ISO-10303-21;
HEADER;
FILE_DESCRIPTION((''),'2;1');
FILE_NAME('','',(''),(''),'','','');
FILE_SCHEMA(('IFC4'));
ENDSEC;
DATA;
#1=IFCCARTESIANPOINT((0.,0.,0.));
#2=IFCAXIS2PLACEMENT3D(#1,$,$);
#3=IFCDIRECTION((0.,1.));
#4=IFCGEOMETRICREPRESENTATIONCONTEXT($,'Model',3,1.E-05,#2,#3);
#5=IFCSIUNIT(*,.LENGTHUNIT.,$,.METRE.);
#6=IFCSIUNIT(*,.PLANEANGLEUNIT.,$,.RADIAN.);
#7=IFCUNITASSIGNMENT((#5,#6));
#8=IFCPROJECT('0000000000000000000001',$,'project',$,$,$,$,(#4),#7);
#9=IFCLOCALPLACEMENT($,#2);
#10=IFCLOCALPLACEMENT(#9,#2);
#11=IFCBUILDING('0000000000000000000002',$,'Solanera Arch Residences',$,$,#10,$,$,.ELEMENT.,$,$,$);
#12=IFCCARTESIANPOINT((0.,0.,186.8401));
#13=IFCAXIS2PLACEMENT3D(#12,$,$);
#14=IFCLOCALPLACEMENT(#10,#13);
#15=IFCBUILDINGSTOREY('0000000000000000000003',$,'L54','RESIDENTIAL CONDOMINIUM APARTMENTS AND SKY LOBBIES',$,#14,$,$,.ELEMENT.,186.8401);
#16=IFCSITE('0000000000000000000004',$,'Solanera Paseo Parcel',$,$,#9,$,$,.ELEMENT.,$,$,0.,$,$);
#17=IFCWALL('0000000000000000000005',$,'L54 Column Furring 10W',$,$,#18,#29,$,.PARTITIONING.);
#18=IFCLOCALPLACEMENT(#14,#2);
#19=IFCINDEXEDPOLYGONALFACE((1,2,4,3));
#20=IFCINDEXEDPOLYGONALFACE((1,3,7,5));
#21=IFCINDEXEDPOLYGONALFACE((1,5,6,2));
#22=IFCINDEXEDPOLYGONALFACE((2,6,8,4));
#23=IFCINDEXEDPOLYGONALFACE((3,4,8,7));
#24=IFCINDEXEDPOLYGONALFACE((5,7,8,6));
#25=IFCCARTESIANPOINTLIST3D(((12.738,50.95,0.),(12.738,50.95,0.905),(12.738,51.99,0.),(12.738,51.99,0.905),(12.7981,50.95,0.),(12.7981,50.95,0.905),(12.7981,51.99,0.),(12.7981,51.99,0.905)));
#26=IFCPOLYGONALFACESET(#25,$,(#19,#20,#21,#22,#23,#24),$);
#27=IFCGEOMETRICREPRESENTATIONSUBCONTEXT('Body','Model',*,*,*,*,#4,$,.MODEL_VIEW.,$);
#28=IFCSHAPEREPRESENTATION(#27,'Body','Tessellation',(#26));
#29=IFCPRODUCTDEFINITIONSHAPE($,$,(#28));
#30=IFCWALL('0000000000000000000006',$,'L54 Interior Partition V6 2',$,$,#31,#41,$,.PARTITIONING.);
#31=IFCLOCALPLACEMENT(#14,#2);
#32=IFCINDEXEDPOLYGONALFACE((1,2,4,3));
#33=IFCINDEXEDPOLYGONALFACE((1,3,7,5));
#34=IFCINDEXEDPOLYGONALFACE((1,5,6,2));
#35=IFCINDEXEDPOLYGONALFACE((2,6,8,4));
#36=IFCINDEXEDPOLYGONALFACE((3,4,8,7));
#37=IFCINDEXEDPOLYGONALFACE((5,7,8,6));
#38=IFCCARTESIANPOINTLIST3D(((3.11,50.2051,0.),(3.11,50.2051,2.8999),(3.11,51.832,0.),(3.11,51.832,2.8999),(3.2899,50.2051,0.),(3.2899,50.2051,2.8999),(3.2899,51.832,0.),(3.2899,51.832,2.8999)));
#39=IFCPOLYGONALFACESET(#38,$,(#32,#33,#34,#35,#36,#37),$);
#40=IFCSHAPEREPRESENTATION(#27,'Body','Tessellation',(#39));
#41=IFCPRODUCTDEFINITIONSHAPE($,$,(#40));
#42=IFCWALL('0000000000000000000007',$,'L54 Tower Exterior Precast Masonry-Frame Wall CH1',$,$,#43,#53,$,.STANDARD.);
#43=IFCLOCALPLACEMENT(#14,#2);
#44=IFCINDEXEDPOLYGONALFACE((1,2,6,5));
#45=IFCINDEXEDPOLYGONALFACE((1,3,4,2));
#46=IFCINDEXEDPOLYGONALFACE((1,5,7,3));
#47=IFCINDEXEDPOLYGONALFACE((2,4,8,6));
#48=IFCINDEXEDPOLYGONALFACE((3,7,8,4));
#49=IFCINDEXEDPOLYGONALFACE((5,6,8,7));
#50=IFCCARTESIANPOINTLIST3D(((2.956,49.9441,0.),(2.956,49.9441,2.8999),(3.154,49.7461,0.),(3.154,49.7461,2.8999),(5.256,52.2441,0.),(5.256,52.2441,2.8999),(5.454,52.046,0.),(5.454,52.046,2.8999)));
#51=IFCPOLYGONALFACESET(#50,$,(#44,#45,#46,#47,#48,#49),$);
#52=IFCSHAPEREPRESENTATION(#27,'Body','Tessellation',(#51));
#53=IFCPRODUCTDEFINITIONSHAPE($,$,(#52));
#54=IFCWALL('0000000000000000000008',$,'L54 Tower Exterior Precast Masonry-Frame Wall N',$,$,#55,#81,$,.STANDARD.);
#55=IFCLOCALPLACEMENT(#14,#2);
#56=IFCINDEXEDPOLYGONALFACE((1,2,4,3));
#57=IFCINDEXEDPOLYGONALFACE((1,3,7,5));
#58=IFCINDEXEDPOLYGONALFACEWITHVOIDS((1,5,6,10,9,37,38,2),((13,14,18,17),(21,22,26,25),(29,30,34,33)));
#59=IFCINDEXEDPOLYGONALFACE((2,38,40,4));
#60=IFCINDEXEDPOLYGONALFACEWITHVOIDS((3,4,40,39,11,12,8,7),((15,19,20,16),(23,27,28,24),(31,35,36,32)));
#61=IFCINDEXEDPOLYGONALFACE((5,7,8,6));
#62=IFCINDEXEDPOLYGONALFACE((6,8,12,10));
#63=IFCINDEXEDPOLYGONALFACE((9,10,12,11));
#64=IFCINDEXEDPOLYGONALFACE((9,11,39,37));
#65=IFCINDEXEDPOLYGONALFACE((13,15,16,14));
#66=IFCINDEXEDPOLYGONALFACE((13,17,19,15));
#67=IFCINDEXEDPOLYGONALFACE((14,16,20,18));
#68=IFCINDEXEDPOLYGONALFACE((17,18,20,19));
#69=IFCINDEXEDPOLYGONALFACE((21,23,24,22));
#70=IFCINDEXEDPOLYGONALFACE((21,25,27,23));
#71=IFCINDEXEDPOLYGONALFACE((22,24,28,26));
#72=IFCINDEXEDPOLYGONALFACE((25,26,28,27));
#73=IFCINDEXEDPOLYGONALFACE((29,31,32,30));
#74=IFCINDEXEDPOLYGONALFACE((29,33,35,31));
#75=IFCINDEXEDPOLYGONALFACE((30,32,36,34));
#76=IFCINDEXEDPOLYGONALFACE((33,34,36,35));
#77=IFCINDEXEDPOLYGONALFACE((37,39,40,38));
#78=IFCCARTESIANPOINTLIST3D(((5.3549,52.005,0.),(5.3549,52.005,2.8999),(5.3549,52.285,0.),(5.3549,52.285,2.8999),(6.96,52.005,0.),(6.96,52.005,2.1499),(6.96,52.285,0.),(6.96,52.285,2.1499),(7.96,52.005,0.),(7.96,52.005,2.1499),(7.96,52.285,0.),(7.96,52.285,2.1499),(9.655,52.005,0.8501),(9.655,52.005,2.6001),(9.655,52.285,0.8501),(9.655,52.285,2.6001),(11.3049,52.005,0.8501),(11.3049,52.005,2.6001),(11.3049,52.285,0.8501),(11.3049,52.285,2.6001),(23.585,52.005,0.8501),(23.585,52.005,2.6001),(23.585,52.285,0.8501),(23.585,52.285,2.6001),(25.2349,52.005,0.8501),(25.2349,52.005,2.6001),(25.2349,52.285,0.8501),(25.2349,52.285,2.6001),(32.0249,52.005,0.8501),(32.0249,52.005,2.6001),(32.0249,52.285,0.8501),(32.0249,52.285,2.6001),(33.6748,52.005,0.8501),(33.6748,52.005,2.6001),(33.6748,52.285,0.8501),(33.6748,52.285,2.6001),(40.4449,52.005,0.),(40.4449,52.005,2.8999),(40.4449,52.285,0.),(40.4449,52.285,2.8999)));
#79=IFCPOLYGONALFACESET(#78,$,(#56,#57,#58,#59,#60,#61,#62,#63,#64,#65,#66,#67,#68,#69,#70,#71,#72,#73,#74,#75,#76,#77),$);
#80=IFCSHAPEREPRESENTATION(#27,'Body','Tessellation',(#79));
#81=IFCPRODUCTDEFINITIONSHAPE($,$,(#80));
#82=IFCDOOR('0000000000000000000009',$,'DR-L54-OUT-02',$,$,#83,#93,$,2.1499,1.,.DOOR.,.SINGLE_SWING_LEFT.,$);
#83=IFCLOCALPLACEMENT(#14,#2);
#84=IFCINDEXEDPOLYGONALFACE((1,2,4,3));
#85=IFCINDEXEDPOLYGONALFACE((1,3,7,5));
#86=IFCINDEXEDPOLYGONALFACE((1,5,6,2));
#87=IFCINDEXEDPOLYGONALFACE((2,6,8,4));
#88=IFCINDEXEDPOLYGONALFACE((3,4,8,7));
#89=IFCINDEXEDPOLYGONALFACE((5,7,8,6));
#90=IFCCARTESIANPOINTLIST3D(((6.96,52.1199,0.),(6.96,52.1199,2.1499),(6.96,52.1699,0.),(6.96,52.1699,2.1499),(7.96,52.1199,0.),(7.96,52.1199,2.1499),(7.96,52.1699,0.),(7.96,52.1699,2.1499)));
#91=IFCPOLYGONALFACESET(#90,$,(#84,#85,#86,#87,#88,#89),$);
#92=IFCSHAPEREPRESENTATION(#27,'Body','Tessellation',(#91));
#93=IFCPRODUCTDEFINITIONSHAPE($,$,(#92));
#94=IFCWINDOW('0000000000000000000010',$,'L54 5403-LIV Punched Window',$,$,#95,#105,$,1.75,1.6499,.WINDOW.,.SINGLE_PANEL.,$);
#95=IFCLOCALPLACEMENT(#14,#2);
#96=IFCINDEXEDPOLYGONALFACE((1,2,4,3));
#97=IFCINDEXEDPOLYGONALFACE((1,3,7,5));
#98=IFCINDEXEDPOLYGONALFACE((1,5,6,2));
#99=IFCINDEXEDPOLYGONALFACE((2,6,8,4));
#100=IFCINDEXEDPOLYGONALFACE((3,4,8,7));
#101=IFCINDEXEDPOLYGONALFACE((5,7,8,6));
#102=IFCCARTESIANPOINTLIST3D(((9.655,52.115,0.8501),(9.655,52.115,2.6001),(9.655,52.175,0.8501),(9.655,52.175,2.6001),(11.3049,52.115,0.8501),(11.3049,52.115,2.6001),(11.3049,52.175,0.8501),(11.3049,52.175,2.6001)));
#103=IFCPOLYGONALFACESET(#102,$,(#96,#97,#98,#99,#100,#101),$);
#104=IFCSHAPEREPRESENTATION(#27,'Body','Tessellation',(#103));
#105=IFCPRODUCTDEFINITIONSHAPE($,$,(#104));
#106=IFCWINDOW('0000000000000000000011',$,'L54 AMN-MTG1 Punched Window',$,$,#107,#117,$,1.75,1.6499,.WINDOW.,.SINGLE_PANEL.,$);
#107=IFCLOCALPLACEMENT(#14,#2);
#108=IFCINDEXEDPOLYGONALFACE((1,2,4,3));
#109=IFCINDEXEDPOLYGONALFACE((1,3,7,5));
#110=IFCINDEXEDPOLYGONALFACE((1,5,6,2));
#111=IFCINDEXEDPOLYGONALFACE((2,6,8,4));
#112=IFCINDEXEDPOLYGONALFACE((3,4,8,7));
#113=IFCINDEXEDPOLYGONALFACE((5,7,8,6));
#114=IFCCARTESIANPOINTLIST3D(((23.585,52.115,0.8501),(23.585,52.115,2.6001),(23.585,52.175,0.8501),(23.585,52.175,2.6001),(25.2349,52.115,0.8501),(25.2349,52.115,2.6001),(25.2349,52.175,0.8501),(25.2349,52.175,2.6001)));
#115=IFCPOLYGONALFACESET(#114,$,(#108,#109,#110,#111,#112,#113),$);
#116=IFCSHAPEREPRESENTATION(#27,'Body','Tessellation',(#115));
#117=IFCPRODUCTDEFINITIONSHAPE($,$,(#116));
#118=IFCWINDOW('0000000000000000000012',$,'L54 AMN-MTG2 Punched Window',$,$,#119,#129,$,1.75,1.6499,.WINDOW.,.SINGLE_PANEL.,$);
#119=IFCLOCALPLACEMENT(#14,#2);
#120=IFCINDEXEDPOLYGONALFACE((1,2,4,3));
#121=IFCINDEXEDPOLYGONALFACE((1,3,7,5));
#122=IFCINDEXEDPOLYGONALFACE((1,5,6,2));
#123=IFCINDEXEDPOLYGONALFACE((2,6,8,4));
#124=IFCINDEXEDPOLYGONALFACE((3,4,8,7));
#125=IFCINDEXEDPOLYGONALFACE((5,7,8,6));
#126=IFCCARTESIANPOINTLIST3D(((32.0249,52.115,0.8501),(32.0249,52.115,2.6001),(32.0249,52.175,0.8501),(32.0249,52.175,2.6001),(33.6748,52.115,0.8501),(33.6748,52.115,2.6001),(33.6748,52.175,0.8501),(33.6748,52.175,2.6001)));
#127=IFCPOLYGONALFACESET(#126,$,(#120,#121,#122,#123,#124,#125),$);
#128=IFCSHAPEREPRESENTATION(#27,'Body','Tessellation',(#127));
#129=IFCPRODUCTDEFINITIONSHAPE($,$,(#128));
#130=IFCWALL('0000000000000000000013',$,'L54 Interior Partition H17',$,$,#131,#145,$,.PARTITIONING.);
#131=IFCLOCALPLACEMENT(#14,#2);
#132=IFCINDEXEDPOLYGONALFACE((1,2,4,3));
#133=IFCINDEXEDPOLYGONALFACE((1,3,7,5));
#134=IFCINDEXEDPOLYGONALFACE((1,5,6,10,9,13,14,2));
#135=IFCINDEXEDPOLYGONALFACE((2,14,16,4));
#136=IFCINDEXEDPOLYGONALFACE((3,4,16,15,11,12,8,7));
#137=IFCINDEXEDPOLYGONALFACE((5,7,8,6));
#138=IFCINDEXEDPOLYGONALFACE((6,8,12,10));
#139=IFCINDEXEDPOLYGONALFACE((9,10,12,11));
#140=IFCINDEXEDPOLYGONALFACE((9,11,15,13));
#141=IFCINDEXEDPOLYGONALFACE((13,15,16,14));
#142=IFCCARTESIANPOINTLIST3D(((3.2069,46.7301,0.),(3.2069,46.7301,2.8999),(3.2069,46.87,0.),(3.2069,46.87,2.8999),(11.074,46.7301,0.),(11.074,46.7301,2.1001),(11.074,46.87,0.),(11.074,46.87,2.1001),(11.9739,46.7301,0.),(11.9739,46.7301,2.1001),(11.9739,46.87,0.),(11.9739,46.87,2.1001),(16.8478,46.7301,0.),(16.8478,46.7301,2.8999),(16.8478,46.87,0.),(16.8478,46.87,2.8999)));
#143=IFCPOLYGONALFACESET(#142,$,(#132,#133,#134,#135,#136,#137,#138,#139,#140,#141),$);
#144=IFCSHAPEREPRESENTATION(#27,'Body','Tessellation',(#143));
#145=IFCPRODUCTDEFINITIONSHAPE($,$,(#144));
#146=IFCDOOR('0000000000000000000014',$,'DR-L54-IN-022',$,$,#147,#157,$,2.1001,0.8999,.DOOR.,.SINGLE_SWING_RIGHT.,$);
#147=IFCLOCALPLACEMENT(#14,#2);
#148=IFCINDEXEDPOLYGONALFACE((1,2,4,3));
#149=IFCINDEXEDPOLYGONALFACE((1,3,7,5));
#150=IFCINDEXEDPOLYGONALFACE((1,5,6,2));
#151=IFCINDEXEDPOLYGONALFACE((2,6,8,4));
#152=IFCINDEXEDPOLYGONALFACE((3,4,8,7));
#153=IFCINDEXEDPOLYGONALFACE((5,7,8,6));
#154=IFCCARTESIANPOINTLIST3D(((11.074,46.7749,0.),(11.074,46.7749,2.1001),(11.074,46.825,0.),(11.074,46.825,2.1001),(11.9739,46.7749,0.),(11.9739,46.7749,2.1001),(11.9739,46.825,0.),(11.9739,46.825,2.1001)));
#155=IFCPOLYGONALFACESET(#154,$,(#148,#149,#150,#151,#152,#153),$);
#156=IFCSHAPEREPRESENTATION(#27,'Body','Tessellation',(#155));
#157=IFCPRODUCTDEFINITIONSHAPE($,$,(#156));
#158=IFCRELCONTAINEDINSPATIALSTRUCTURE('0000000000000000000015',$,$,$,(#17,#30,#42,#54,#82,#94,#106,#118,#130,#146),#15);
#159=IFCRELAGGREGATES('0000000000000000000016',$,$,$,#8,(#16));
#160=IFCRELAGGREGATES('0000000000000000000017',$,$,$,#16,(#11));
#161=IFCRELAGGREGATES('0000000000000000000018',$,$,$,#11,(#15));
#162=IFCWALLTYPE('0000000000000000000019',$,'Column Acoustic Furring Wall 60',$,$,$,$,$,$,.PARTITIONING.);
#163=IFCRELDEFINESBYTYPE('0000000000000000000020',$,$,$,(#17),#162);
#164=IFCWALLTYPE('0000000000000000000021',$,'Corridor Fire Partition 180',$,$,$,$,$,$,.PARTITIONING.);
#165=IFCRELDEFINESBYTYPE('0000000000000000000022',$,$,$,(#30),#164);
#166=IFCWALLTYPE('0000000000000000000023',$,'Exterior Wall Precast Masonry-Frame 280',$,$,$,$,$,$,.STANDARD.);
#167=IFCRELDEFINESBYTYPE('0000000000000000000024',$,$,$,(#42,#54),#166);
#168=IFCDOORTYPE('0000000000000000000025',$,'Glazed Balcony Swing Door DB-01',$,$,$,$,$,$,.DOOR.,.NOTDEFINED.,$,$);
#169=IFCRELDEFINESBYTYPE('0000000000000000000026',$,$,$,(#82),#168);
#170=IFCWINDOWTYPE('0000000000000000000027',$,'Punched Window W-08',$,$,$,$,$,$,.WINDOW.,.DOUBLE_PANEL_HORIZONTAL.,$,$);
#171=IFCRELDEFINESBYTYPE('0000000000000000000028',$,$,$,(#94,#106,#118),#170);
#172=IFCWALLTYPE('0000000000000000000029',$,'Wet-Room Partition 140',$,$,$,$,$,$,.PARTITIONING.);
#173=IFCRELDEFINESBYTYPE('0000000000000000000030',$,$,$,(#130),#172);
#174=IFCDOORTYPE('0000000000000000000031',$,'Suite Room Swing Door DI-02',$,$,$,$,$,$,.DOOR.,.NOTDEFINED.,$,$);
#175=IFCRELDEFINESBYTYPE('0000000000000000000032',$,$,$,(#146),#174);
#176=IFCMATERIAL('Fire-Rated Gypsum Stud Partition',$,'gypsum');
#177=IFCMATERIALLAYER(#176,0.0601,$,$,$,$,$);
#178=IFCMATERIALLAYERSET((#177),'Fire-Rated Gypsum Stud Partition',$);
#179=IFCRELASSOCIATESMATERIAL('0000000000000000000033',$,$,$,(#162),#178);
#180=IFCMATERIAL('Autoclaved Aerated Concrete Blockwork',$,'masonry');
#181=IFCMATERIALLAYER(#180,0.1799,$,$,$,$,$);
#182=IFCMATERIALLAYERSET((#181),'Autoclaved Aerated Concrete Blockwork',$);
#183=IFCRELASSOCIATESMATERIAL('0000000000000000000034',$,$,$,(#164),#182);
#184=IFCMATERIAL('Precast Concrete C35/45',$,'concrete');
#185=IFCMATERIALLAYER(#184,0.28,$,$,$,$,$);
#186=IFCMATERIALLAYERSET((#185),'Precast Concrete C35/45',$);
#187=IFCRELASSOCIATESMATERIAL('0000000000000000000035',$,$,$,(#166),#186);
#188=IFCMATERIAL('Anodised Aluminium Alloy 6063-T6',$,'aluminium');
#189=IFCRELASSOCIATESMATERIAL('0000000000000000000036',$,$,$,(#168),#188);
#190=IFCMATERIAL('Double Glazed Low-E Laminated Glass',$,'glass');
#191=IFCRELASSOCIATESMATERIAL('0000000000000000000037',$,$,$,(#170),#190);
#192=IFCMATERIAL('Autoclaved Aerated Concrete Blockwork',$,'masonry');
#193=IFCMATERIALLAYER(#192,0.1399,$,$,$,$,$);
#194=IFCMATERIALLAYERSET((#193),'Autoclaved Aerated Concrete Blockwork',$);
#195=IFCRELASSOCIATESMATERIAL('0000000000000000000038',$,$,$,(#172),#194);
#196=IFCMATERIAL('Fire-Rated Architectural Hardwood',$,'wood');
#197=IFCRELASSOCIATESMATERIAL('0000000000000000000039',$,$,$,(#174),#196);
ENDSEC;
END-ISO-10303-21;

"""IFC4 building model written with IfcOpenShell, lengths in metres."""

from ifc_helpers import new_model, si_unit, direction, frame, frame_2d, origin, place, context, subcontext, project, spatial, rectangle, extrude, material, layer, layer_set, type_object, element, fill, save


model = new_model("IFC4")

# Units and contexts
model_context = context("Model", 3, precision=1e-05, world=origin(), true_north=direction((0.0, 1.0)))
body_context = subcontext(model_context, "Body", "Model", "MODEL_VIEW")
ifc_project = project(units=[si_unit("LENGTHUNIT", "METRE"), si_unit("PLANEANGLEUNIT", "RADIAN")], contexts=[model_context])

# Site, building, storey
site_placement = place(None, origin())
site = spatial("IfcSite", under=ifc_project, at=site_placement, Name="Solanera Paseo Parcel", CompositionType="ELEMENT", RefElevation=0.0)
building_placement = place(site_placement, origin())
building = spatial("IfcBuilding", under=site, at=building_placement, Name="Solanera Arch Residences", CompositionType="ELEMENT")
storey_placement = place(building_placement, frame((0.0, 0.0, 186.8401)))
storey = spatial("IfcBuildingStorey", under=building, at=storey_placement, Name="L54", Description="RESIDENTIAL CONDOMINIUM APARTMENTS AND SKY LOBBIES", CompositionType="ELEMENT", Elevation=186.8401)

# Walls
ifc_material_1 = material(Name="Fire-Rated Gypsum Stud Partition", Category="gypsum")
ifc_layer_1 = layer(ifc_material_1, 0.0601)
ifc_layer_set_1 = layer_set([ifc_layer_1], Name="Fire-Rated Gypsum Stud Partition")
wall_type_1 = type_object("IfcWallType", Name="Column Acoustic Furring Wall 60", PredefinedType="PARTITIONING", material=ifc_layer_set_1)
wall_1_placement = place(storey_placement, frame((12.7681, 50.95, 0.0), z_axis=(0.0, 0.0, 1.0), x_axis=(0.0, 1.0, 0.0)))
element("IfcWall", 1, at=wall_1_placement, inside=storey, type_object=wall_type_1, Name="L54 Column Furring 10W", PredefinedType="PARTITIONING", context=body_context, shape_type="SweptSolid", body=[
    extrude(rectangle(XDim=1.04, YDim=0.0601, at=frame_2d((0.52, 0.0))), origin(), (0.0, 0.0, 1.0), 0.905),
])
ifc_material_2 = material(Name="Autoclaved Aerated Concrete Blockwork", Category="masonry")
ifc_layer_2 = layer(ifc_material_2, 0.1799)
ifc_layer_set_2 = layer_set([ifc_layer_2], Name="Autoclaved Aerated Concrete Blockwork")
wall_type_2 = type_object("IfcWallType", Name="Corridor Fire Partition 180", PredefinedType="PARTITIONING", material=ifc_layer_set_2)
wall_2_placement = place(storey_placement, frame((3.2, 50.2051, 0.0), z_axis=(0.0, 0.0, 1.0), x_axis=(0.0, 1.0, 0.0)))
element("IfcWall", 2, at=wall_2_placement, inside=storey, type_object=wall_type_2, Name="L54 Interior Partition V6 2", PredefinedType="PARTITIONING", context=body_context, shape_type="SweptSolid", body=[
    extrude(rectangle(XDim=1.627, YDim=0.1799, at=frame_2d((0.8135, 0.0))), origin(), (0.0, 0.0, 1.0), 2.8999),
])
ifc_material_3 = material(Name="Precast Concrete C35/45", Category="concrete")
ifc_layer_3 = layer(ifc_material_3, 0.28)
ifc_layer_set_3 = layer_set([ifc_layer_3], Name="Precast Concrete C35/45")
wall_type_3 = type_object("IfcWallType", Name="Exterior Wall Precast Masonry-Frame 280", PredefinedType="STANDARD", material=ifc_layer_set_3)
wall_3_placement = place(storey_placement, frame((3.0549, 49.845, 0.0), z_axis=(0.0, 0.0, 1.0), x_axis=(0.707107, 0.707107, 0.0)))
element("IfcWall", 3, at=wall_3_placement, inside=storey, type_object=wall_type_3, Name="L54 Tower Exterior Precast Masonry-Frame Wall CH1", PredefinedType="STANDARD", context=body_context, shape_type="SweptSolid", body=[
    extrude(rectangle(XDim=3.2527, YDim=0.28, at=frame_2d((1.6265, 0.0))), origin(), (0.0, 0.0, 1.0), 2.8999),
])

# Wall, openings, door, windows
wall_4_placement = place(storey_placement, frame((5.355, 52.145, 0.0), z_axis=(0.0, 0.0, 1.0), x_axis=(1.0, 0.0, 0.0)))
wall_4 = element("IfcWall", 4, at=wall_4_placement, inside=storey, type_object=wall_type_3, Name="L54 Tower Exterior Precast Masonry-Frame Wall N", PredefinedType="STANDARD", context=body_context, shape_type="SweptSolid", body=[
    extrude(rectangle(XDim=35.0901, YDim=0.28, at=frame_2d((17.5449, 0.0))), origin(), (0.0, 0.0, 1.0), 2.8999),
])
opening_1_placement = place(wall_4_placement, frame((1.605, 0.0, 0.0)))
opening_1 = element("IfcOpeningElement", 5, at=opening_1_placement, cuts=wall_4, PredefinedType="OPENING", context=body_context, shape_type="SweptSolid", body=[
    extrude(rectangle(XDim=1.0, YDim=2.1499, at=frame_2d((0.5, 1.075))), frame((0.0, 0.1499, 0.0), z_axis=(0.0, -1.0, 0.0), x_axis=(1.0, 0.0, 0.0)), (0.0, 0.0, 1.0), 0.3),
])
opening_2_placement = place(wall_4_placement, frame((4.3, 0.0, 0.8501)))
opening_2 = element("IfcOpeningElement", 6, at=opening_2_placement, cuts=wall_4, PredefinedType="OPENING", context=body_context, shape_type="SweptSolid", body=[
    extrude(rectangle(XDim=1.6499, YDim=1.75, at=frame_2d((0.825, 0.875))), frame((0.0, 0.1499, 0.0), z_axis=(0.0, -1.0, 0.0), x_axis=(1.0, 0.0, 0.0)), (0.0, 0.0, 1.0), 0.3),
])
opening_3_placement = place(wall_4_placement, frame((18.23, 0.0, 0.8501)))
opening_3 = element("IfcOpeningElement", 7, at=opening_3_placement, cuts=wall_4, PredefinedType="OPENING", context=body_context, shape_type="SweptSolid", body=[
    extrude(rectangle(XDim=1.6499, YDim=1.75, at=frame_2d((0.825, 0.875))), frame((0.0, 0.1499, 0.0), z_axis=(0.0, -1.0, 0.0), x_axis=(1.0, 0.0, 0.0)), (0.0, 0.0, 1.0), 0.3),
])
opening_4_placement = place(wall_4_placement, frame((26.6699, 0.0, 0.8501)))
opening_4 = element("IfcOpeningElement", 8, at=opening_4_placement, cuts=wall_4, PredefinedType="OPENING", context=body_context, shape_type="SweptSolid", body=[
    extrude(rectangle(XDim=1.6499, YDim=1.75, at=frame_2d((0.825, 0.875))), frame((0.0, 0.1499, 0.0), z_axis=(0.0, -1.0, 0.0), x_axis=(1.0, 0.0, 0.0)), (0.0, 0.0, 1.0), 0.3),
])
ifc_material_4 = material(Name="Anodised Aluminium Alloy 6063-T6", Category="aluminium")
door_type_1 = type_object("IfcDoorType", Name="Glazed Balcony Swing Door DB-01", OperationType="NOTDEFINED", PredefinedType="DOOR", material=ifc_material_4)
door_1_placement = place(opening_1_placement, origin())
door_1 = element("IfcDoor", 9, at=door_1_placement, inside=storey, type_object=door_type_1, Name="DR-L54-OUT-02", OperationType="SINGLE_SWING_LEFT", OverallHeight=2.1499, OverallWidth=1.0, PredefinedType="DOOR", context=body_context, shape_type="SweptSolid", body=[
    extrude(rectangle(XDim=1.0, YDim=2.1499, at=frame_2d((0.5, 1.075))), frame((0.0, 0.0249, 0.0), z_axis=(0.0, -1.0, 0.0), x_axis=(1.0, 0.0, 0.0)), (0.0, 0.0, 1.0), 0.05),
])
fill(opening_1, door_1)
ifc_material_5 = material(Name="Double Glazed Low-E Laminated Glass", Category="glass")
window_type = type_object("IfcWindowType", Name="Punched Window W-08", PartitioningType="DOUBLE_PANEL_HORIZONTAL", PredefinedType="WINDOW", material=ifc_material_5)
window_1_placement = place(opening_2_placement, origin())
window_1 = element("IfcWindow", 10, at=window_1_placement, inside=storey, type_object=window_type, Name="L54 5403-LIV Punched Window", OverallHeight=1.75, OverallWidth=1.6499, PartitioningType="SINGLE_PANEL", PredefinedType="WINDOW", context=body_context, shape_type="SweptSolid", body=[
    extrude(rectangle(XDim=1.6499, YDim=1.75, at=frame_2d((0.825, 0.875))), frame((0.0, 0.03, 0.0), z_axis=(0.0, -1.0, 0.0), x_axis=(1.0, 0.0, 0.0)), (0.0, 0.0, 1.0), 0.0601),
])
fill(opening_2, window_1)
window_2_placement = place(opening_3_placement, origin())
window_2 = element("IfcWindow", 11, at=window_2_placement, inside=storey, type_object=window_type, Name="L54 AMN-MTG1 Punched Window", OverallHeight=1.75, OverallWidth=1.6499, PartitioningType="SINGLE_PANEL", PredefinedType="WINDOW", context=body_context, shape_type="SweptSolid", body=[
    extrude(rectangle(XDim=1.6499, YDim=1.75, at=frame_2d((0.825, 0.875))), frame((0.0, 0.03, 0.0), z_axis=(0.0, -1.0, 0.0), x_axis=(1.0, 0.0, 0.0)), (0.0, 0.0, 1.0), 0.0601),
])
fill(opening_3, window_2)
window_3_placement = place(opening_4_placement, origin())
window_3 = element("IfcWindow", 12, at=window_3_placement, inside=storey, type_object=window_type, Name="L54 AMN-MTG2 Punched Window", OverallHeight=1.75, OverallWidth=1.6499, PartitioningType="SINGLE_PANEL", PredefinedType="WINDOW", context=body_context, shape_type="SweptSolid", body=[
    extrude(rectangle(XDim=1.6499, YDim=1.75, at=frame_2d((0.825, 0.875))), frame((0.0, 0.03, 0.0), z_axis=(0.0, -1.0, 0.0), x_axis=(1.0, 0.0, 0.0)), (0.0, 0.0, 1.0), 0.0601),
])
fill(opening_4, window_3)

# Wall, opening, door
ifc_material_6 = material(Name="Autoclaved Aerated Concrete Blockwork", Category="masonry")
ifc_layer_4 = layer(ifc_material_6, 0.1399)
ifc_layer_set_4 = layer_set([ifc_layer_4], Name="Autoclaved Aerated Concrete Blockwork")
wall_type_4 = type_object("IfcWallType", Name="Wet-Room Partition 140", PredefinedType="PARTITIONING", material=ifc_layer_set_4)
wall_5_placement = place(storey_placement, frame((3.207, 46.8, 0.0), z_axis=(0.0, 0.0, 1.0), x_axis=(1.0, 0.0, 0.0)))
wall_5 = element("IfcWall", 13, at=wall_5_placement, inside=storey, type_object=wall_type_4, Name="L54 Interior Partition H17", PredefinedType="PARTITIONING", context=body_context, shape_type="SweptSolid", body=[
    extrude(rectangle(XDim=13.6409, YDim=0.1399, at=frame_2d((6.8203, 0.0))), origin(), (0.0, 0.0, 1.0), 2.8999),
])
opening_5_placement = place(wall_5_placement, frame((7.8669, 0.0, 0.0)))
opening_5 = element("IfcOpeningElement", 14, at=opening_5_placement, cuts=wall_5, PredefinedType="OPENING", context=body_context, shape_type="SweptSolid", body=[
    extrude(rectangle(XDim=0.8999, YDim=2.1001, at=frame_2d((0.45, 1.05))), frame((0.0, 0.0798, 0.0), z_axis=(0.0, -1.0, 0.0), x_axis=(1.0, 0.0, 0.0)), (0.0, 0.0, 1.0), 0.1599),
])
ifc_material_7 = material(Name="Fire-Rated Architectural Hardwood", Category="wood")
door_type_2 = type_object("IfcDoorType", Name="Suite Room Swing Door DI-02", OperationType="NOTDEFINED", PredefinedType="DOOR", material=ifc_material_7)
door_2_placement = place(opening_5_placement, origin())
door_2 = element("IfcDoor", 15, at=door_2_placement, inside=storey, type_object=door_type_2, Name="DR-L54-IN-022", OperationType="SINGLE_SWING_RIGHT", OverallHeight=2.1001, OverallWidth=0.8999, PredefinedType="DOOR", context=body_context, shape_type="SweptSolid", body=[
    extrude(rectangle(XDim=0.8999, YDim=2.1001, at=frame_2d((0.45, 1.05))), frame((0.0, 0.0249, 0.0), z_axis=(0.0, -1.0, 0.0), x_axis=(1.0, 0.0, 0.0)), (0.0, 0.0, 1.0), 0.05),
])
fill(opening_5, door_2)

save(model, "model.ifc")
